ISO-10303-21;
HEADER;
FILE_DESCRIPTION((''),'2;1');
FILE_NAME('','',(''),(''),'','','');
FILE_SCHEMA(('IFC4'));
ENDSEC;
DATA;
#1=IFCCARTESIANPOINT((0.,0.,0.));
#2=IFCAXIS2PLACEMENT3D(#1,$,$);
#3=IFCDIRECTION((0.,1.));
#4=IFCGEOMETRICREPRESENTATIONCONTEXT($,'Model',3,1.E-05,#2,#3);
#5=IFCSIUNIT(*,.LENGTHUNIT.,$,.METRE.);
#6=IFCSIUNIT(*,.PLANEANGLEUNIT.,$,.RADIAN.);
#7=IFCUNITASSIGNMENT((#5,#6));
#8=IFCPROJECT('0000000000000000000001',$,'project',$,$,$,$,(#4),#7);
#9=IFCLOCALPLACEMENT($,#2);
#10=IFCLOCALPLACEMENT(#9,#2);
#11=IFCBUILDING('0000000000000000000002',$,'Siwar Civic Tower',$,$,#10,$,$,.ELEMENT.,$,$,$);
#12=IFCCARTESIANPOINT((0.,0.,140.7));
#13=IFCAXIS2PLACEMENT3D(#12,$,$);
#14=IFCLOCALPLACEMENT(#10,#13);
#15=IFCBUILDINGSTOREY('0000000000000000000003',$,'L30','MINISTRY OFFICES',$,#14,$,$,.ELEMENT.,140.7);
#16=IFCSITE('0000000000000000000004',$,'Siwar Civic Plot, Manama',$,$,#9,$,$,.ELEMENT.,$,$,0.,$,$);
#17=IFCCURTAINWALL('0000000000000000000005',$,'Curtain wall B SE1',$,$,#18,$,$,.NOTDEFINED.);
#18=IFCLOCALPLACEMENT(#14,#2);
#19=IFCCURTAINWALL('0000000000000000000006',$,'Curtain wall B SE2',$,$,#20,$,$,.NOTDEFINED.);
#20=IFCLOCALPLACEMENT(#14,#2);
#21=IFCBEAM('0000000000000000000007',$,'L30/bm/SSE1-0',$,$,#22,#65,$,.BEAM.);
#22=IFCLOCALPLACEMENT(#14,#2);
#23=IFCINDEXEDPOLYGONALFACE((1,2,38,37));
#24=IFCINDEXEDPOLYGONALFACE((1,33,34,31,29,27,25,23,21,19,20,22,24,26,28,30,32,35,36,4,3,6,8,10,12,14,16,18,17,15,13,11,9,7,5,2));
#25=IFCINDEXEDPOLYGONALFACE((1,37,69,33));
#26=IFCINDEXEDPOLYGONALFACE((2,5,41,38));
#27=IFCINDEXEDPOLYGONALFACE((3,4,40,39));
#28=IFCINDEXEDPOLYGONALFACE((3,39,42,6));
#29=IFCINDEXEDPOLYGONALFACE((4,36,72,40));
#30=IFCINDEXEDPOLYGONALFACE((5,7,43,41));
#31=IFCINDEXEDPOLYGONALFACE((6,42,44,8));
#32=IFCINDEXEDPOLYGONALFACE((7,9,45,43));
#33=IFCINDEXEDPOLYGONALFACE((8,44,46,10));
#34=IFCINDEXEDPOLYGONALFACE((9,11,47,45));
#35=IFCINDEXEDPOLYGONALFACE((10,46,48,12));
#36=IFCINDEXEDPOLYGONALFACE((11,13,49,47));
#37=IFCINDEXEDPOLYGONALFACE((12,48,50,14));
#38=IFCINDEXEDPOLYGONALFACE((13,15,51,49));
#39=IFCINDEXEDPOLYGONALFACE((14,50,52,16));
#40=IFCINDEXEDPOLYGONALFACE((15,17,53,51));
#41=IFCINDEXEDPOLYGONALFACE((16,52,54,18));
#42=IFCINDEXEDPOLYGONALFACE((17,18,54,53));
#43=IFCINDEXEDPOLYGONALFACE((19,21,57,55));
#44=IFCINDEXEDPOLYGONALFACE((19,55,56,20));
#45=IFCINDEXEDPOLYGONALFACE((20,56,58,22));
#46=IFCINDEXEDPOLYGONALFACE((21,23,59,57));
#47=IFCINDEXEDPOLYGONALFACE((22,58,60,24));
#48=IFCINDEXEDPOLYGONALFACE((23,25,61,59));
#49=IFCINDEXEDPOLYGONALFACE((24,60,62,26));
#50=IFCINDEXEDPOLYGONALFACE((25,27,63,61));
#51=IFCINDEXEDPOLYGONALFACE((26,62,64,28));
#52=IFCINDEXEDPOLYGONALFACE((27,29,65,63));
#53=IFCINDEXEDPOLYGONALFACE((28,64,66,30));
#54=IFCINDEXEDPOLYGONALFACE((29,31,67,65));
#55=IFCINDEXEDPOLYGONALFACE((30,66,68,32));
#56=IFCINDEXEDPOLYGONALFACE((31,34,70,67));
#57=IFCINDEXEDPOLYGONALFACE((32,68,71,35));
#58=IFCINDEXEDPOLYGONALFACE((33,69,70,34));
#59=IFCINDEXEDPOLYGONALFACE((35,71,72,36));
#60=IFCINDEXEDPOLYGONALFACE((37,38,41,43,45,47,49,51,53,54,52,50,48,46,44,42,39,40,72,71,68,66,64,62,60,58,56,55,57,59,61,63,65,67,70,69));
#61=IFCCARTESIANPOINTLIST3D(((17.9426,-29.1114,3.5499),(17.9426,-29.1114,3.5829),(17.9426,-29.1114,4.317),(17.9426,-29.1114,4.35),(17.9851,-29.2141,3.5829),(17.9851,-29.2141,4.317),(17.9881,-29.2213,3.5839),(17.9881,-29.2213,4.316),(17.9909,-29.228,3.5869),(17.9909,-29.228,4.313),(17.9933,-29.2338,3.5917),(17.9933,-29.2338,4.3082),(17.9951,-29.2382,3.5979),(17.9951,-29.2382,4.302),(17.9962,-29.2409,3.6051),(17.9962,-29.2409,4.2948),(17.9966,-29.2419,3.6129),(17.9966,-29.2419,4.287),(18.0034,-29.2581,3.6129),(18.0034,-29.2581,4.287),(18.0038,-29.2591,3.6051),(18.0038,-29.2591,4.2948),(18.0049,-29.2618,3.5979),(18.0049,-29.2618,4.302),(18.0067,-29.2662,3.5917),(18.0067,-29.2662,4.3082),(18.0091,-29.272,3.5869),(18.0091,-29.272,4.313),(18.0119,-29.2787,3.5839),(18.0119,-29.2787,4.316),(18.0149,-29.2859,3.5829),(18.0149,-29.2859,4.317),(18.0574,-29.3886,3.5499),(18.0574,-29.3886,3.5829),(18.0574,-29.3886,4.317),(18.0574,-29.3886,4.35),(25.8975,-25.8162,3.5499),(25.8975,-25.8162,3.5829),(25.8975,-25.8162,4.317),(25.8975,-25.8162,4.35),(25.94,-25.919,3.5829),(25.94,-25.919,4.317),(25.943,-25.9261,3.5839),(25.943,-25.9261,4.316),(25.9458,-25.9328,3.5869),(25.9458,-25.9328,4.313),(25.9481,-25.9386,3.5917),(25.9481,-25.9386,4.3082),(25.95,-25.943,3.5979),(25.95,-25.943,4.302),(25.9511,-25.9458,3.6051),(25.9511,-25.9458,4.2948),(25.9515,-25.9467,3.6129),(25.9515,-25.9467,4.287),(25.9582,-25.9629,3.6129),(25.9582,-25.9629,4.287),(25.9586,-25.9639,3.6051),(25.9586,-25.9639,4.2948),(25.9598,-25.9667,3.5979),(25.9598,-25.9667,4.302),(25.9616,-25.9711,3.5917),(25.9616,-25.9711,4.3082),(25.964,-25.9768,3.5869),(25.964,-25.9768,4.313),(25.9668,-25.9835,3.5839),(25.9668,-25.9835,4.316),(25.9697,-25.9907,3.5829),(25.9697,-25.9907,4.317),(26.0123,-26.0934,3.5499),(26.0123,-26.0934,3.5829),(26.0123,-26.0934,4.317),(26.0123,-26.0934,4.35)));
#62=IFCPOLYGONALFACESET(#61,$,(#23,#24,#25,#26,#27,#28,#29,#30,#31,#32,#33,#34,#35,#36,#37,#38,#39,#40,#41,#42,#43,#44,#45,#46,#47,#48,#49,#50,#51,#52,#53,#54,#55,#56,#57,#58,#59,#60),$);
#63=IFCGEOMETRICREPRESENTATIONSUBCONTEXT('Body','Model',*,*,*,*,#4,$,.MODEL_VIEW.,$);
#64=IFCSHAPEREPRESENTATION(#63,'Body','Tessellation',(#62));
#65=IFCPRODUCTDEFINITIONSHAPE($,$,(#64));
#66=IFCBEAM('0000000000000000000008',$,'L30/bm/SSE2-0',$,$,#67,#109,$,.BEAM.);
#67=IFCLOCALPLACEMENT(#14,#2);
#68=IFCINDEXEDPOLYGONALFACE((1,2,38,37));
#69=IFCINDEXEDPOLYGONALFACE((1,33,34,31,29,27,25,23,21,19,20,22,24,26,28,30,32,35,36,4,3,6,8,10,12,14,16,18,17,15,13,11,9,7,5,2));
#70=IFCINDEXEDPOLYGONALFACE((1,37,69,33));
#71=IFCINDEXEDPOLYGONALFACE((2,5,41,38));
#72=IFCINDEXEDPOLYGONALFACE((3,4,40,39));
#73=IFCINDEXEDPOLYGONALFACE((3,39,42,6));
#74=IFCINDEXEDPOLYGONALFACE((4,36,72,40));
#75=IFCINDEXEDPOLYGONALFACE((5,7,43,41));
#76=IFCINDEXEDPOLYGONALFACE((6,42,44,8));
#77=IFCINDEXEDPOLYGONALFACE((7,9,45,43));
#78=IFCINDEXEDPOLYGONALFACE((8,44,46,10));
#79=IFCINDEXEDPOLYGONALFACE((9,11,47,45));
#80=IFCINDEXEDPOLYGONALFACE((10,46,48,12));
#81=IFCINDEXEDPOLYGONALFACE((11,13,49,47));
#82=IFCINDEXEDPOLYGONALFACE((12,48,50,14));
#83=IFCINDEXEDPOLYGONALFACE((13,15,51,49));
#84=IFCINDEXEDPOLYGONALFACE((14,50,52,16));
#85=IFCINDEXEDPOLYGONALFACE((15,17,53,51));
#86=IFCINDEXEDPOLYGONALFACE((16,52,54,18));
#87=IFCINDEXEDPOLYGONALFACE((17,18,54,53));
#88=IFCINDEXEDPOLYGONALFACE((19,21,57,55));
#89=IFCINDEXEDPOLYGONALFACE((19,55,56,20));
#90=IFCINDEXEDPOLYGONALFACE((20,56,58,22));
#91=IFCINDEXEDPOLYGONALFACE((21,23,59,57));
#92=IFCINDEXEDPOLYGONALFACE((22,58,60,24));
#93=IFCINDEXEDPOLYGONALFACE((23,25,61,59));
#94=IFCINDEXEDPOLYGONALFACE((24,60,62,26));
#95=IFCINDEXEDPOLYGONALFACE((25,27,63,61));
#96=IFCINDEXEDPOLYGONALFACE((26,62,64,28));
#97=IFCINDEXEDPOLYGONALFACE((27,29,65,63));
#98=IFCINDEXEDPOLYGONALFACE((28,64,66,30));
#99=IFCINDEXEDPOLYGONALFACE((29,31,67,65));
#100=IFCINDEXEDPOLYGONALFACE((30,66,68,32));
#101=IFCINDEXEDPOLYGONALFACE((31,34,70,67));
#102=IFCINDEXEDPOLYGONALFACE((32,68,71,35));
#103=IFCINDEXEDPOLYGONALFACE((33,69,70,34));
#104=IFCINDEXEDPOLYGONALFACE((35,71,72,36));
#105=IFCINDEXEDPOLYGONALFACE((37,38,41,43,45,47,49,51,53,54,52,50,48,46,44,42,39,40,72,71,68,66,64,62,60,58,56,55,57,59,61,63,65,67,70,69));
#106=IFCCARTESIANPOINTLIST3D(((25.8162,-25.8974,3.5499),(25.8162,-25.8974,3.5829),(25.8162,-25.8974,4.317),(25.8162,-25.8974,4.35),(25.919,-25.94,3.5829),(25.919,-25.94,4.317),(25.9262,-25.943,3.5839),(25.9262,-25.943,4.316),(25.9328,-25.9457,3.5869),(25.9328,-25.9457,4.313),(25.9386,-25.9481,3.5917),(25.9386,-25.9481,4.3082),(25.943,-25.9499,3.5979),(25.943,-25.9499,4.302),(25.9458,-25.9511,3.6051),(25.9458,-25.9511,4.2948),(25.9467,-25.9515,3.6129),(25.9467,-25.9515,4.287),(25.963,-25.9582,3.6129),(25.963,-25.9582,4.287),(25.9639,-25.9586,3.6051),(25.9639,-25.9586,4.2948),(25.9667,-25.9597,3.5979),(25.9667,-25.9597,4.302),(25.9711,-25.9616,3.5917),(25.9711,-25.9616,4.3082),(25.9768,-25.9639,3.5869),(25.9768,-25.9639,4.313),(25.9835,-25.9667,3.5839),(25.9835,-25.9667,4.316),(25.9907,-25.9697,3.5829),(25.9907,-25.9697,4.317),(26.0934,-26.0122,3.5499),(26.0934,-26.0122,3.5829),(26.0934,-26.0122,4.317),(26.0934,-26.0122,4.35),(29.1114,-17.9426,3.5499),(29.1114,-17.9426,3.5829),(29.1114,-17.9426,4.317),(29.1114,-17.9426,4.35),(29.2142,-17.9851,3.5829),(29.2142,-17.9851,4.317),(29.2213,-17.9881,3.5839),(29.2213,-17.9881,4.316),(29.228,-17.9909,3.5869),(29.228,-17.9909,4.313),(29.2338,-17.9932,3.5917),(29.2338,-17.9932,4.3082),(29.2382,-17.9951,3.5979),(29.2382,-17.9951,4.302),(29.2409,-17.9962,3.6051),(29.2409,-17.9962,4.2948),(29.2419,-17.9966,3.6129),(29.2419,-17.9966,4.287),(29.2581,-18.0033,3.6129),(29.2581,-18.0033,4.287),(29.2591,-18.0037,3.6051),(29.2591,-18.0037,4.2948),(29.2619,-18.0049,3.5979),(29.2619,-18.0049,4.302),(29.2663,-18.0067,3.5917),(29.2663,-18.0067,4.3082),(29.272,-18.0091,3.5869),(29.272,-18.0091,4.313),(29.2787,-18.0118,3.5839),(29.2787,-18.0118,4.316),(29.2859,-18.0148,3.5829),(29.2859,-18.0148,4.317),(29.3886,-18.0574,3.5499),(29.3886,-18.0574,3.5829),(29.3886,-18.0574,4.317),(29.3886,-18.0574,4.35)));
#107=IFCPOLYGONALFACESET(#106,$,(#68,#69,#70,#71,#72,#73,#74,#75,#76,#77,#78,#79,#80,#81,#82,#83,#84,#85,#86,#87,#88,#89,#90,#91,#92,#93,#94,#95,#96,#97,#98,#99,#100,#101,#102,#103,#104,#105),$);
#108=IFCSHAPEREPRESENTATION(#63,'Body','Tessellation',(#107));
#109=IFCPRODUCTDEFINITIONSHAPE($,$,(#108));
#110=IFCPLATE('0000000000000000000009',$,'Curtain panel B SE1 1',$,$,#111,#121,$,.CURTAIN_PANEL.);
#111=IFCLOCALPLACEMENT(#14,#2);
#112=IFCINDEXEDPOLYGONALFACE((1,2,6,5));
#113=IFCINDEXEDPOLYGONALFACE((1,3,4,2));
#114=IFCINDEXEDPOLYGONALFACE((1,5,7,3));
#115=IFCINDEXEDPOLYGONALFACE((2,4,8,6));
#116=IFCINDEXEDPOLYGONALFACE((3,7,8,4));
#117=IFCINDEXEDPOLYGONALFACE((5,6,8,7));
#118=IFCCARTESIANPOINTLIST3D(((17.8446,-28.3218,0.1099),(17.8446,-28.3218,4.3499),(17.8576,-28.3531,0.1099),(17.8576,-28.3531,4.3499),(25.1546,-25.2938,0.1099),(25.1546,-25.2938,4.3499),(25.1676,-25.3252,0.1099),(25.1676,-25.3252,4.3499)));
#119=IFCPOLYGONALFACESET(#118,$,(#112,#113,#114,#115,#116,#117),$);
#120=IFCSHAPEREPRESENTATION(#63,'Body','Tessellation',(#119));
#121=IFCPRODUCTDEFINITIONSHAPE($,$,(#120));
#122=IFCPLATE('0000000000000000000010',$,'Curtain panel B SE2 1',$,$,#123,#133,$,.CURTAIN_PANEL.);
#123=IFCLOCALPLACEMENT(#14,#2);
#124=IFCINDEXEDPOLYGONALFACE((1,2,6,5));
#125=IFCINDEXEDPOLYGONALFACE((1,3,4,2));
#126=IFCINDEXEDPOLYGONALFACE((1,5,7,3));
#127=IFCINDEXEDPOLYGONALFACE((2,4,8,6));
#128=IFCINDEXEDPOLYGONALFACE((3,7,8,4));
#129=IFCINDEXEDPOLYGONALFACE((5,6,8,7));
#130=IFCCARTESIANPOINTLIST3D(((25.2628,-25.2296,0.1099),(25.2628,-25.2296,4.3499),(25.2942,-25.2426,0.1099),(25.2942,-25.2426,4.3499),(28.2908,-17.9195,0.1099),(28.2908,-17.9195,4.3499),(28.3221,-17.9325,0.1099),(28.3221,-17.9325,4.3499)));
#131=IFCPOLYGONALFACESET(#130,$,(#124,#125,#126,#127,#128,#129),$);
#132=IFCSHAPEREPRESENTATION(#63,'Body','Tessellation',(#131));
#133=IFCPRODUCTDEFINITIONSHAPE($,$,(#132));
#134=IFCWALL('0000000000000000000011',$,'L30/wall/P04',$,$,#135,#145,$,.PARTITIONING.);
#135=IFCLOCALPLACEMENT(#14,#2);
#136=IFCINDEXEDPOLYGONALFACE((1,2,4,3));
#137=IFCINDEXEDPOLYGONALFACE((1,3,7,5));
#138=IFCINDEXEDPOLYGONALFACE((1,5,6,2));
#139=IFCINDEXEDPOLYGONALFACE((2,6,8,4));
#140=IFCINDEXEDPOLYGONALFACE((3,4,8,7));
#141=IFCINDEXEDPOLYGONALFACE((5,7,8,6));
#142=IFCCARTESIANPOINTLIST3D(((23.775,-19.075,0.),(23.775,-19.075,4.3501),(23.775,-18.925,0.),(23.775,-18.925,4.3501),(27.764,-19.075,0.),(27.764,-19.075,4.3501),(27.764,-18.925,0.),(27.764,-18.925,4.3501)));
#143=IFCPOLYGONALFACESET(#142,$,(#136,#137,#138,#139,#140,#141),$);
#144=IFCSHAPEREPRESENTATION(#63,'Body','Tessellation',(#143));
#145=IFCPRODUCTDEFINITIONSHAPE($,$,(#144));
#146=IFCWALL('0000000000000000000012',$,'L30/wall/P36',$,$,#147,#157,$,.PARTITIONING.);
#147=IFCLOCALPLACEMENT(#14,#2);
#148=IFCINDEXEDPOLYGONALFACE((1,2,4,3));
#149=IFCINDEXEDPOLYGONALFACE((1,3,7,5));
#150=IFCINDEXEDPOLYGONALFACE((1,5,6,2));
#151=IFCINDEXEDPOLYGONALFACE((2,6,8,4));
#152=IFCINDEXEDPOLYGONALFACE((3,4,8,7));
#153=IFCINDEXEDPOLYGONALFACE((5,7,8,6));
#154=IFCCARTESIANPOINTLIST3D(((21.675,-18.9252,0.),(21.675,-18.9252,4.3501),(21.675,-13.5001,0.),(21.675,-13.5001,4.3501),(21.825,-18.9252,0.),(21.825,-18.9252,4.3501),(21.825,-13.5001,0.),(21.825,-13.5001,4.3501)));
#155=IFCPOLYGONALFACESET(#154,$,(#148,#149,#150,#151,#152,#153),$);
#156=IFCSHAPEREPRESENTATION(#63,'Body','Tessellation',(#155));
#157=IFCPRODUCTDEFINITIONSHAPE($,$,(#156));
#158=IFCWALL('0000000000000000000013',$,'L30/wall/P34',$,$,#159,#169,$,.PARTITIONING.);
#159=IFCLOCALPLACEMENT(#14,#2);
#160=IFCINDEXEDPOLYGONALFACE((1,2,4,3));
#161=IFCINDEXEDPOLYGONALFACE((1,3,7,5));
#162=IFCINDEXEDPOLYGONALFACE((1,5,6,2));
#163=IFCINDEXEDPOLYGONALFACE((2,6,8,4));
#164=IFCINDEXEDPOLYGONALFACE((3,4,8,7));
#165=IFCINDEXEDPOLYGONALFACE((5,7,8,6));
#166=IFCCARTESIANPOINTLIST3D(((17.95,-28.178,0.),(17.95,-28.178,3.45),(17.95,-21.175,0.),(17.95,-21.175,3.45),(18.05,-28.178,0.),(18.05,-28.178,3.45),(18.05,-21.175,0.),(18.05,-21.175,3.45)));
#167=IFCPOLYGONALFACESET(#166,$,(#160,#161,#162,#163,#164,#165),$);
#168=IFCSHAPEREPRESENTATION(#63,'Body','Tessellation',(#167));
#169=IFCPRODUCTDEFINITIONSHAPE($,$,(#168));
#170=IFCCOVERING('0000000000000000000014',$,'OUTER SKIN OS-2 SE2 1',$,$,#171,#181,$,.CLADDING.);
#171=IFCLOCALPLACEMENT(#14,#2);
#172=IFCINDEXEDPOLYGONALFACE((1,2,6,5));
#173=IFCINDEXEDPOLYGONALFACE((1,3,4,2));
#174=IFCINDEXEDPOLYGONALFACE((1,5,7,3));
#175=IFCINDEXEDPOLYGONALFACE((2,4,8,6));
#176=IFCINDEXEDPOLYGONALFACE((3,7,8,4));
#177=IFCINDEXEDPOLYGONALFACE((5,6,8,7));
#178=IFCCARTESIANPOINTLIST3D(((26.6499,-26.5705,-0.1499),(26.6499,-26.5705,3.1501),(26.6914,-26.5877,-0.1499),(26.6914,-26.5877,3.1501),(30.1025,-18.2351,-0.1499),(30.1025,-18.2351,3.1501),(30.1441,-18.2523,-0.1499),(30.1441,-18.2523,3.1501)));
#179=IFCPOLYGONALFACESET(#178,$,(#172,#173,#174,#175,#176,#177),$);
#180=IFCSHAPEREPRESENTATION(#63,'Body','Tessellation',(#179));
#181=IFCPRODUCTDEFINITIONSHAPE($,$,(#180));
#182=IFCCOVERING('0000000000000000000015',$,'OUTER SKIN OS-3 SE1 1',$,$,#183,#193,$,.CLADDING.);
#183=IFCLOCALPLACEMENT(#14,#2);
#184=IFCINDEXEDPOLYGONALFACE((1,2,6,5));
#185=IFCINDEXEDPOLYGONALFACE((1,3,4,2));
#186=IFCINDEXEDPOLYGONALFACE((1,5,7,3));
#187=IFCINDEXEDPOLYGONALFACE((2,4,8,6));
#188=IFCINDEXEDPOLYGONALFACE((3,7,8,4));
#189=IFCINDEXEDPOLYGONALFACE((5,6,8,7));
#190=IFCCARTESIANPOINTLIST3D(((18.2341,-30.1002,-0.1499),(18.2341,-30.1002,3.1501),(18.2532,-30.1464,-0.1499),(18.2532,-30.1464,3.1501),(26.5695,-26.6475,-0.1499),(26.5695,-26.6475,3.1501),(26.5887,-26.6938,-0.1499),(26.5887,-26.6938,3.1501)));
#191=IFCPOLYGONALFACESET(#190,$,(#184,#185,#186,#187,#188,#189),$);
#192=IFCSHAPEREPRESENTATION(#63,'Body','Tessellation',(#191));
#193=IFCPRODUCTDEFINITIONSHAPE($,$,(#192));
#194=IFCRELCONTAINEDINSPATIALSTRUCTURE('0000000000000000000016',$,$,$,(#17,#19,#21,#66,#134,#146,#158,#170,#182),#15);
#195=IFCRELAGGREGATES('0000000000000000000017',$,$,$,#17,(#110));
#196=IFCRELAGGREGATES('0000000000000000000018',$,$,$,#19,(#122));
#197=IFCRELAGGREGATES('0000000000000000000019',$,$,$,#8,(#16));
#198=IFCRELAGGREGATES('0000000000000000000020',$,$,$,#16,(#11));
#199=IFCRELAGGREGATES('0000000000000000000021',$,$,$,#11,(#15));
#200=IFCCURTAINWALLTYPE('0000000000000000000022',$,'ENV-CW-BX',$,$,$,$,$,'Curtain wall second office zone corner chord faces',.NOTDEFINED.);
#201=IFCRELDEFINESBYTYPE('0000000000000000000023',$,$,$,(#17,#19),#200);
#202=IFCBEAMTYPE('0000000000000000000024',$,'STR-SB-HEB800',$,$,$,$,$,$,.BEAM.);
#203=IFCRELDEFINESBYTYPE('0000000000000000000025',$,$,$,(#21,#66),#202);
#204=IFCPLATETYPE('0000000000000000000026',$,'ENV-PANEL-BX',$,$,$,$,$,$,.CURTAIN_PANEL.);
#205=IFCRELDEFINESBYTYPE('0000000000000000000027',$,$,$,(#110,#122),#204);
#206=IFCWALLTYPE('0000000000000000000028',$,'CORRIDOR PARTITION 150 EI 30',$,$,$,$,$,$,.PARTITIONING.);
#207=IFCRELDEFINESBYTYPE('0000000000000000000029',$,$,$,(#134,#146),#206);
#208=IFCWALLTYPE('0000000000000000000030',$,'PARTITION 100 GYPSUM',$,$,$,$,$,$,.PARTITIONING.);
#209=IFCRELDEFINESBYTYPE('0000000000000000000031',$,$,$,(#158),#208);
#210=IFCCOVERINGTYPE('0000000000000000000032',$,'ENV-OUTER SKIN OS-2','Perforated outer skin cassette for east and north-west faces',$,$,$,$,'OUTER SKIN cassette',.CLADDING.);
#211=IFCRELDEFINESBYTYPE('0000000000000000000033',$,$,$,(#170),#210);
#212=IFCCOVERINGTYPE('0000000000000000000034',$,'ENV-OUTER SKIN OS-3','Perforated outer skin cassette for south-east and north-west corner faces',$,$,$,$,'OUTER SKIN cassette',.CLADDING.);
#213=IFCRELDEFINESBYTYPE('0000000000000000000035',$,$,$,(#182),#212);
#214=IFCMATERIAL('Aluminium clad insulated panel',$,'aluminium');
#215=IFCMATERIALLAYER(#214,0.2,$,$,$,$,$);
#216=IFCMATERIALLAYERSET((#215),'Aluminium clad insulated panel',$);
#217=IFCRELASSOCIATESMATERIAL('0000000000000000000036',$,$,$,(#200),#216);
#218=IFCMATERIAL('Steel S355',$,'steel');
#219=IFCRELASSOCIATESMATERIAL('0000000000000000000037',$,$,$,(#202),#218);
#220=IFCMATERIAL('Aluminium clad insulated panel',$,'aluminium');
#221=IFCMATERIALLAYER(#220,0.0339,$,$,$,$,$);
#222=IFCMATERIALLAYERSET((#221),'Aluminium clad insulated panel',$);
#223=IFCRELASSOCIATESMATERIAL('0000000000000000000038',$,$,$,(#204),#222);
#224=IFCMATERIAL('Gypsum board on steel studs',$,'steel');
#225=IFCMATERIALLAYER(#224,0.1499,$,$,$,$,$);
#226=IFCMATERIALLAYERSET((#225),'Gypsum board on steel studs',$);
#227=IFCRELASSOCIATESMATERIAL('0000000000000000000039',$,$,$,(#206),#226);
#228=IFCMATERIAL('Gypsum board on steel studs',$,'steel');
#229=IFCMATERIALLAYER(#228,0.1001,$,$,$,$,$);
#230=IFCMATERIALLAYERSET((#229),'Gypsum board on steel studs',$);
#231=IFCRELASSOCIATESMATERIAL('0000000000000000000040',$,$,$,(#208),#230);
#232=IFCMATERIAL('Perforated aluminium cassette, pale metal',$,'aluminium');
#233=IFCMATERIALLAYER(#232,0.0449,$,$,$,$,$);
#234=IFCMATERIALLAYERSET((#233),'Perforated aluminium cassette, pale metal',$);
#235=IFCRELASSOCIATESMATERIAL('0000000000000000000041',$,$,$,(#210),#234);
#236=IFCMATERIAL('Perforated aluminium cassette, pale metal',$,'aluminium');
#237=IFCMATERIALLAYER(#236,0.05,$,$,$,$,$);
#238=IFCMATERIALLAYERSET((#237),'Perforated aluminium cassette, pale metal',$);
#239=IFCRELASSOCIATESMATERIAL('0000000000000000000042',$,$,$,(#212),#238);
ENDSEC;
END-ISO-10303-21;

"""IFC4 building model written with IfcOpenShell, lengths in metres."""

from ifc_helpers import new_model, si_unit, direction, frame, frame_2d, origin, origin_2d, place, context, subcontext, project, spatial, rectangle, i_section, extrude, material, layer, layer_set, material_profile, profile_set, type_object, element, aggregate, save


model = new_model("IFC4")

# Units and contexts
model_context = context("Model", 3, precision=1e-05, world=origin(), true_north=direction((0.0, 1.0)))
body_context = subcontext(model_context, "Body", "Model", "MODEL_VIEW")
ifc_project = project(units=[si_unit("LENGTHUNIT", "METRE"), si_unit("PLANEANGLEUNIT", "RADIAN")], contexts=[model_context])

# Site, building, storey
site_placement = place(None, origin())
site = spatial("IfcSite", under=ifc_project, at=site_placement, Name="Siwar Civic Plot, Manama", CompositionType="ELEMENT", RefElevation=0.0)
building_placement = place(site_placement, origin())
building = spatial("IfcBuilding", under=site, at=building_placement, Name="Siwar Civic Tower", CompositionType="ELEMENT")
storey_placement = place(building_placement, frame((0.0, 0.0, 140.7)))
storey = spatial("IfcBuildingStorey", under=building, at=storey_placement, Name="L30", Description="MINISTRY OFFICES", CompositionType="ELEMENT", Elevation=140.7)

# Curtain walls
ifc_material_1 = material(Name="Aluminium clad insulated panel", Category="aluminium")
ifc_layer_1 = layer(ifc_material_1, 0.2)
ifc_layer_set_1 = layer_set([ifc_layer_1], Name="Aluminium clad insulated panel")
curtain_wall_type = type_object("IfcCurtainWallType", Name="ENV-CW-BX", ElementType="Curtain wall second office zone corner chord faces", PredefinedType="NOTDEFINED", material=ifc_layer_set_1)
curtain_wall_1_placement = place(storey_placement, origin())
curtain_wall_1 = element("IfcCurtainWall", 1, at=curtain_wall_1_placement, inside=storey, type_object=curtain_wall_type, Name="Curtain wall B SE1", PredefinedType="NOTDEFINED")
curtain_wall_2_placement = place(storey_placement, origin())
curtain_wall_2 = element("IfcCurtainWall", 2, at=curtain_wall_2_placement, inside=storey, type_object=curtain_wall_type, Name="Curtain wall B SE2", PredefinedType="NOTDEFINED")

# Beams
ifc_material_2 = material(Name="Steel S355", Category="steel")
ifc_material_profile_1 = material_profile(ifc_material_2, i_section(OverallWidth=0.3, OverallDepth=0.8, WebThickness=0.0176, FlangeThickness=0.033, FilletRadius=0.03, at=origin_2d()), Name="HEB800")
ifc_profile_set_1 = profile_set([ifc_material_profile_1], Name="Steel S355")
beam_type_1 = type_object("IfcBeamType", Name="STR-SB-HEB800", PredefinedType="BEAM", material=ifc_profile_set_1)
for number, where, z_axis, x_axis, name in (
    (3, (18.0, -29.25, 3.95), (0.923873, 0.3827, 0.0), (-0.3827, 0.923873, 0.0), "L30/bm/SSE1-0"),
    (4, (25.9548, -25.9548, 3.95), (0.3827, 0.923873, 0.0), (-0.923873, 0.3827, 0.0), "L30/bm/SSE2-0"),
):
    element("IfcBeam", number, at=place(storey_placement, frame(where, z_axis=z_axis, x_axis=x_axis)), inside=storey, type_object=beam_type_1, Name=name, PredefinedType="BEAM", context=body_context, shape_type="SweptSolid", body=[
        extrude(i_section(OverallWidth=0.3, OverallDepth=0.8, WebThickness=0.0176, FlangeThickness=0.033, FilletRadius=0.03, at=origin_2d()), origin(), (0.0, 0.0, 1.0), 8.6104),
    ])

# Plates
ifc_material_3 = material(Name="Aluminium clad insulated panel", Category="aluminium")
ifc_layer_2 = layer(ifc_material_3, 0.0339)
ifc_layer_set_2 = layer_set([ifc_layer_2], Name="Aluminium clad insulated panel")
plate_type = type_object("IfcPlateType", Name="ENV-PANEL-BX", PredefinedType="CURTAIN_PANEL", material=ifc_layer_set_2)
plate_1_placement = place(storey_placement, frame((21.5061, -26.8235, 0.1099), z_axis=(0.0, 0.0, 1.0), x_axis=(0.92388, 0.382683, 0.0)))
plate_1 = element("IfcPlate", 5, at=plate_1_placement, type_object=plate_type, Name="Curtain panel B SE1 1", PredefinedType="CURTAIN_PANEL", context=body_context, shape_type="SweptSolid", body=[
    extrude(rectangle(XDim=7.9124, YDim=0.0339, at=origin_2d()), origin(), (0.0, 0.0, 1.0), 4.24),
])
aggregate(curtain_wall_1, [plate_1])
plate_2_placement = place(storey_placement, frame((26.7925, -21.5811, 0.1099), z_axis=(0.0, 0.0, 1.0), x_axis=(0.382683, 0.92388, 0.0)))
plate_2 = element("IfcPlate", 6, at=plate_2_placement, type_object=plate_type, Name="Curtain panel B SE2 1", PredefinedType="CURTAIN_PANEL", context=body_context, shape_type="SweptSolid", body=[
    extrude(rectangle(XDim=7.9124, YDim=0.0339, at=origin_2d()), origin(), (0.0, 0.0, 1.0), 4.24),
])
aggregate(curtain_wall_2, [plate_2])

# Walls
ifc_material_4 = material(Name="Gypsum board on steel studs", Category="steel")
ifc_layer_3 = layer(ifc_material_4, 0.1499)
ifc_layer_set_3 = layer_set([ifc_layer_3], Name="Gypsum board on steel studs")
wall_type_1 = type_object("IfcWallType", Name="CORRIDOR PARTITION 150 EI 30", PredefinedType="PARTITIONING", material=ifc_layer_set_3)
wall_1_placement = place(storey_placement, frame((23.7749, -19.0, 0.0), z_axis=(0.0, 0.0, 1.0), x_axis=(1.0, 0.0, 0.0)))
element("IfcWall", 7, at=wall_1_placement, inside=storey, type_object=wall_type_1, Name="L30/wall/P04", PredefinedType="PARTITIONING", context=body_context, shape_type="SweptSolid", body=[
    extrude(rectangle(XDim=3.989, YDim=0.1499, at=frame_2d((1.9946, 0.0))), origin(), (0.0, 0.0, 1.0), 4.3501),
])
wall_2_placement = place(storey_placement, frame((21.75, -18.925, 0.0), z_axis=(0.0, 0.0, 1.0), x_axis=(0.0, 1.0, 0.0)))
element("IfcWall", 8, at=wall_2_placement, inside=storey, type_object=wall_type_1, Name="L30/wall/P36", PredefinedType="PARTITIONING", context=body_context, shape_type="SweptSolid", body=[
    extrude(rectangle(XDim=5.425, YDim=0.1499, at=frame_2d((2.7124, 0.0))), origin(), (0.0, 0.0, 1.0), 4.3501),
])
ifc_material_5 = material(Name="Gypsum board on steel studs", Category="steel")
ifc_layer_4 = layer(ifc_material_5, 0.1001)
ifc_layer_set_4 = layer_set([ifc_layer_4], Name="Gypsum board on steel studs")
wall_type_2 = type_object("IfcWallType", Name="PARTITION 100 GYPSUM", PredefinedType="PARTITIONING", material=ifc_layer_set_4)
wall_3_placement = place(storey_placement, frame((18.0, -28.178, 0.0), z_axis=(0.0, 0.0, 1.0), x_axis=(0.0, 1.0, 0.0)))
element("IfcWall", 9, at=wall_3_placement, inside=storey, type_object=wall_type_2, Name="L30/wall/P34", PredefinedType="PARTITIONING", context=body_context, shape_type="SweptSolid", body=[
    extrude(rectangle(XDim=7.0029, YDim=0.1001, at=frame_2d((3.5015, 0.0))), origin(), (0.0, 0.0, 1.0), 3.45),
])

# Coverings
ifc_material_6 = material(Name="Perforated aluminium cassette, pale metal", Category="aluminium")
ifc_layer_5 = layer(ifc_material_6, 0.0449)
ifc_layer_set_5 = layer_set([ifc_layer_5], Name="Perforated aluminium cassette, pale metal")
covering_type_1 = type_object("IfcCoveringType", Name="ENV-OUTER SKIN OS-2", Description="Perforated outer skin cassette for east and north-west faces", ElementType="OUTER SKIN cassette", PredefinedType="CLADDING", material=ifc_layer_set_5)
covering_1_placement = place(storey_placement, frame((28.397, -22.4114, -0.1499), z_axis=(0.0, 0.0, 1.0), x_axis=(0.382683, 0.92388, 0.0)))
element("IfcCovering", 10, at=covering_1_placement, inside=storey, type_object=covering_type_1, Name="OUTER SKIN OS-2 SE2 1", PredefinedType="CLADDING", context=body_context, shape_type="SweptSolid", body=[
    extrude(rectangle(XDim=9.0222, YDim=0.0449, at=origin_2d()), origin(), (0.0, 0.0, 1.0), 3.3),
])
ifc_material_7 = material(Name="Perforated aluminium cassette, pale metal", Category="aluminium")
ifc_layer_6 = layer(ifc_material_7, 0.05)
ifc_layer_set_6 = layer_set([ifc_layer_6], Name="Perforated aluminium cassette, pale metal")
covering_type_2 = type_object("IfcCoveringType", Name="ENV-OUTER SKIN OS-3", Description="Perforated outer skin cassette for south-east and north-west corner faces", ElementType="OUTER SKIN cassette", PredefinedType="CLADDING", material=ifc_layer_set_6)
covering_2_placement = place(storey_placement, frame((22.4114, -28.397, -0.1499), z_axis=(0.0, 0.0, 1.0), x_axis=(0.92388, 0.382683, 0.0)))
element("IfcCovering", 11, at=covering_2_placement, inside=storey, type_object=covering_type_2, Name="OUTER SKIN OS-3 SE1 1", PredefinedType="CLADDING", context=body_context, shape_type="SweptSolid", body=[
    extrude(rectangle(XDim=9.0222, YDim=0.05, at=origin_2d()), origin(), (0.0, 0.0, 1.0), 3.3),
])

save(model, "model.ifc")
